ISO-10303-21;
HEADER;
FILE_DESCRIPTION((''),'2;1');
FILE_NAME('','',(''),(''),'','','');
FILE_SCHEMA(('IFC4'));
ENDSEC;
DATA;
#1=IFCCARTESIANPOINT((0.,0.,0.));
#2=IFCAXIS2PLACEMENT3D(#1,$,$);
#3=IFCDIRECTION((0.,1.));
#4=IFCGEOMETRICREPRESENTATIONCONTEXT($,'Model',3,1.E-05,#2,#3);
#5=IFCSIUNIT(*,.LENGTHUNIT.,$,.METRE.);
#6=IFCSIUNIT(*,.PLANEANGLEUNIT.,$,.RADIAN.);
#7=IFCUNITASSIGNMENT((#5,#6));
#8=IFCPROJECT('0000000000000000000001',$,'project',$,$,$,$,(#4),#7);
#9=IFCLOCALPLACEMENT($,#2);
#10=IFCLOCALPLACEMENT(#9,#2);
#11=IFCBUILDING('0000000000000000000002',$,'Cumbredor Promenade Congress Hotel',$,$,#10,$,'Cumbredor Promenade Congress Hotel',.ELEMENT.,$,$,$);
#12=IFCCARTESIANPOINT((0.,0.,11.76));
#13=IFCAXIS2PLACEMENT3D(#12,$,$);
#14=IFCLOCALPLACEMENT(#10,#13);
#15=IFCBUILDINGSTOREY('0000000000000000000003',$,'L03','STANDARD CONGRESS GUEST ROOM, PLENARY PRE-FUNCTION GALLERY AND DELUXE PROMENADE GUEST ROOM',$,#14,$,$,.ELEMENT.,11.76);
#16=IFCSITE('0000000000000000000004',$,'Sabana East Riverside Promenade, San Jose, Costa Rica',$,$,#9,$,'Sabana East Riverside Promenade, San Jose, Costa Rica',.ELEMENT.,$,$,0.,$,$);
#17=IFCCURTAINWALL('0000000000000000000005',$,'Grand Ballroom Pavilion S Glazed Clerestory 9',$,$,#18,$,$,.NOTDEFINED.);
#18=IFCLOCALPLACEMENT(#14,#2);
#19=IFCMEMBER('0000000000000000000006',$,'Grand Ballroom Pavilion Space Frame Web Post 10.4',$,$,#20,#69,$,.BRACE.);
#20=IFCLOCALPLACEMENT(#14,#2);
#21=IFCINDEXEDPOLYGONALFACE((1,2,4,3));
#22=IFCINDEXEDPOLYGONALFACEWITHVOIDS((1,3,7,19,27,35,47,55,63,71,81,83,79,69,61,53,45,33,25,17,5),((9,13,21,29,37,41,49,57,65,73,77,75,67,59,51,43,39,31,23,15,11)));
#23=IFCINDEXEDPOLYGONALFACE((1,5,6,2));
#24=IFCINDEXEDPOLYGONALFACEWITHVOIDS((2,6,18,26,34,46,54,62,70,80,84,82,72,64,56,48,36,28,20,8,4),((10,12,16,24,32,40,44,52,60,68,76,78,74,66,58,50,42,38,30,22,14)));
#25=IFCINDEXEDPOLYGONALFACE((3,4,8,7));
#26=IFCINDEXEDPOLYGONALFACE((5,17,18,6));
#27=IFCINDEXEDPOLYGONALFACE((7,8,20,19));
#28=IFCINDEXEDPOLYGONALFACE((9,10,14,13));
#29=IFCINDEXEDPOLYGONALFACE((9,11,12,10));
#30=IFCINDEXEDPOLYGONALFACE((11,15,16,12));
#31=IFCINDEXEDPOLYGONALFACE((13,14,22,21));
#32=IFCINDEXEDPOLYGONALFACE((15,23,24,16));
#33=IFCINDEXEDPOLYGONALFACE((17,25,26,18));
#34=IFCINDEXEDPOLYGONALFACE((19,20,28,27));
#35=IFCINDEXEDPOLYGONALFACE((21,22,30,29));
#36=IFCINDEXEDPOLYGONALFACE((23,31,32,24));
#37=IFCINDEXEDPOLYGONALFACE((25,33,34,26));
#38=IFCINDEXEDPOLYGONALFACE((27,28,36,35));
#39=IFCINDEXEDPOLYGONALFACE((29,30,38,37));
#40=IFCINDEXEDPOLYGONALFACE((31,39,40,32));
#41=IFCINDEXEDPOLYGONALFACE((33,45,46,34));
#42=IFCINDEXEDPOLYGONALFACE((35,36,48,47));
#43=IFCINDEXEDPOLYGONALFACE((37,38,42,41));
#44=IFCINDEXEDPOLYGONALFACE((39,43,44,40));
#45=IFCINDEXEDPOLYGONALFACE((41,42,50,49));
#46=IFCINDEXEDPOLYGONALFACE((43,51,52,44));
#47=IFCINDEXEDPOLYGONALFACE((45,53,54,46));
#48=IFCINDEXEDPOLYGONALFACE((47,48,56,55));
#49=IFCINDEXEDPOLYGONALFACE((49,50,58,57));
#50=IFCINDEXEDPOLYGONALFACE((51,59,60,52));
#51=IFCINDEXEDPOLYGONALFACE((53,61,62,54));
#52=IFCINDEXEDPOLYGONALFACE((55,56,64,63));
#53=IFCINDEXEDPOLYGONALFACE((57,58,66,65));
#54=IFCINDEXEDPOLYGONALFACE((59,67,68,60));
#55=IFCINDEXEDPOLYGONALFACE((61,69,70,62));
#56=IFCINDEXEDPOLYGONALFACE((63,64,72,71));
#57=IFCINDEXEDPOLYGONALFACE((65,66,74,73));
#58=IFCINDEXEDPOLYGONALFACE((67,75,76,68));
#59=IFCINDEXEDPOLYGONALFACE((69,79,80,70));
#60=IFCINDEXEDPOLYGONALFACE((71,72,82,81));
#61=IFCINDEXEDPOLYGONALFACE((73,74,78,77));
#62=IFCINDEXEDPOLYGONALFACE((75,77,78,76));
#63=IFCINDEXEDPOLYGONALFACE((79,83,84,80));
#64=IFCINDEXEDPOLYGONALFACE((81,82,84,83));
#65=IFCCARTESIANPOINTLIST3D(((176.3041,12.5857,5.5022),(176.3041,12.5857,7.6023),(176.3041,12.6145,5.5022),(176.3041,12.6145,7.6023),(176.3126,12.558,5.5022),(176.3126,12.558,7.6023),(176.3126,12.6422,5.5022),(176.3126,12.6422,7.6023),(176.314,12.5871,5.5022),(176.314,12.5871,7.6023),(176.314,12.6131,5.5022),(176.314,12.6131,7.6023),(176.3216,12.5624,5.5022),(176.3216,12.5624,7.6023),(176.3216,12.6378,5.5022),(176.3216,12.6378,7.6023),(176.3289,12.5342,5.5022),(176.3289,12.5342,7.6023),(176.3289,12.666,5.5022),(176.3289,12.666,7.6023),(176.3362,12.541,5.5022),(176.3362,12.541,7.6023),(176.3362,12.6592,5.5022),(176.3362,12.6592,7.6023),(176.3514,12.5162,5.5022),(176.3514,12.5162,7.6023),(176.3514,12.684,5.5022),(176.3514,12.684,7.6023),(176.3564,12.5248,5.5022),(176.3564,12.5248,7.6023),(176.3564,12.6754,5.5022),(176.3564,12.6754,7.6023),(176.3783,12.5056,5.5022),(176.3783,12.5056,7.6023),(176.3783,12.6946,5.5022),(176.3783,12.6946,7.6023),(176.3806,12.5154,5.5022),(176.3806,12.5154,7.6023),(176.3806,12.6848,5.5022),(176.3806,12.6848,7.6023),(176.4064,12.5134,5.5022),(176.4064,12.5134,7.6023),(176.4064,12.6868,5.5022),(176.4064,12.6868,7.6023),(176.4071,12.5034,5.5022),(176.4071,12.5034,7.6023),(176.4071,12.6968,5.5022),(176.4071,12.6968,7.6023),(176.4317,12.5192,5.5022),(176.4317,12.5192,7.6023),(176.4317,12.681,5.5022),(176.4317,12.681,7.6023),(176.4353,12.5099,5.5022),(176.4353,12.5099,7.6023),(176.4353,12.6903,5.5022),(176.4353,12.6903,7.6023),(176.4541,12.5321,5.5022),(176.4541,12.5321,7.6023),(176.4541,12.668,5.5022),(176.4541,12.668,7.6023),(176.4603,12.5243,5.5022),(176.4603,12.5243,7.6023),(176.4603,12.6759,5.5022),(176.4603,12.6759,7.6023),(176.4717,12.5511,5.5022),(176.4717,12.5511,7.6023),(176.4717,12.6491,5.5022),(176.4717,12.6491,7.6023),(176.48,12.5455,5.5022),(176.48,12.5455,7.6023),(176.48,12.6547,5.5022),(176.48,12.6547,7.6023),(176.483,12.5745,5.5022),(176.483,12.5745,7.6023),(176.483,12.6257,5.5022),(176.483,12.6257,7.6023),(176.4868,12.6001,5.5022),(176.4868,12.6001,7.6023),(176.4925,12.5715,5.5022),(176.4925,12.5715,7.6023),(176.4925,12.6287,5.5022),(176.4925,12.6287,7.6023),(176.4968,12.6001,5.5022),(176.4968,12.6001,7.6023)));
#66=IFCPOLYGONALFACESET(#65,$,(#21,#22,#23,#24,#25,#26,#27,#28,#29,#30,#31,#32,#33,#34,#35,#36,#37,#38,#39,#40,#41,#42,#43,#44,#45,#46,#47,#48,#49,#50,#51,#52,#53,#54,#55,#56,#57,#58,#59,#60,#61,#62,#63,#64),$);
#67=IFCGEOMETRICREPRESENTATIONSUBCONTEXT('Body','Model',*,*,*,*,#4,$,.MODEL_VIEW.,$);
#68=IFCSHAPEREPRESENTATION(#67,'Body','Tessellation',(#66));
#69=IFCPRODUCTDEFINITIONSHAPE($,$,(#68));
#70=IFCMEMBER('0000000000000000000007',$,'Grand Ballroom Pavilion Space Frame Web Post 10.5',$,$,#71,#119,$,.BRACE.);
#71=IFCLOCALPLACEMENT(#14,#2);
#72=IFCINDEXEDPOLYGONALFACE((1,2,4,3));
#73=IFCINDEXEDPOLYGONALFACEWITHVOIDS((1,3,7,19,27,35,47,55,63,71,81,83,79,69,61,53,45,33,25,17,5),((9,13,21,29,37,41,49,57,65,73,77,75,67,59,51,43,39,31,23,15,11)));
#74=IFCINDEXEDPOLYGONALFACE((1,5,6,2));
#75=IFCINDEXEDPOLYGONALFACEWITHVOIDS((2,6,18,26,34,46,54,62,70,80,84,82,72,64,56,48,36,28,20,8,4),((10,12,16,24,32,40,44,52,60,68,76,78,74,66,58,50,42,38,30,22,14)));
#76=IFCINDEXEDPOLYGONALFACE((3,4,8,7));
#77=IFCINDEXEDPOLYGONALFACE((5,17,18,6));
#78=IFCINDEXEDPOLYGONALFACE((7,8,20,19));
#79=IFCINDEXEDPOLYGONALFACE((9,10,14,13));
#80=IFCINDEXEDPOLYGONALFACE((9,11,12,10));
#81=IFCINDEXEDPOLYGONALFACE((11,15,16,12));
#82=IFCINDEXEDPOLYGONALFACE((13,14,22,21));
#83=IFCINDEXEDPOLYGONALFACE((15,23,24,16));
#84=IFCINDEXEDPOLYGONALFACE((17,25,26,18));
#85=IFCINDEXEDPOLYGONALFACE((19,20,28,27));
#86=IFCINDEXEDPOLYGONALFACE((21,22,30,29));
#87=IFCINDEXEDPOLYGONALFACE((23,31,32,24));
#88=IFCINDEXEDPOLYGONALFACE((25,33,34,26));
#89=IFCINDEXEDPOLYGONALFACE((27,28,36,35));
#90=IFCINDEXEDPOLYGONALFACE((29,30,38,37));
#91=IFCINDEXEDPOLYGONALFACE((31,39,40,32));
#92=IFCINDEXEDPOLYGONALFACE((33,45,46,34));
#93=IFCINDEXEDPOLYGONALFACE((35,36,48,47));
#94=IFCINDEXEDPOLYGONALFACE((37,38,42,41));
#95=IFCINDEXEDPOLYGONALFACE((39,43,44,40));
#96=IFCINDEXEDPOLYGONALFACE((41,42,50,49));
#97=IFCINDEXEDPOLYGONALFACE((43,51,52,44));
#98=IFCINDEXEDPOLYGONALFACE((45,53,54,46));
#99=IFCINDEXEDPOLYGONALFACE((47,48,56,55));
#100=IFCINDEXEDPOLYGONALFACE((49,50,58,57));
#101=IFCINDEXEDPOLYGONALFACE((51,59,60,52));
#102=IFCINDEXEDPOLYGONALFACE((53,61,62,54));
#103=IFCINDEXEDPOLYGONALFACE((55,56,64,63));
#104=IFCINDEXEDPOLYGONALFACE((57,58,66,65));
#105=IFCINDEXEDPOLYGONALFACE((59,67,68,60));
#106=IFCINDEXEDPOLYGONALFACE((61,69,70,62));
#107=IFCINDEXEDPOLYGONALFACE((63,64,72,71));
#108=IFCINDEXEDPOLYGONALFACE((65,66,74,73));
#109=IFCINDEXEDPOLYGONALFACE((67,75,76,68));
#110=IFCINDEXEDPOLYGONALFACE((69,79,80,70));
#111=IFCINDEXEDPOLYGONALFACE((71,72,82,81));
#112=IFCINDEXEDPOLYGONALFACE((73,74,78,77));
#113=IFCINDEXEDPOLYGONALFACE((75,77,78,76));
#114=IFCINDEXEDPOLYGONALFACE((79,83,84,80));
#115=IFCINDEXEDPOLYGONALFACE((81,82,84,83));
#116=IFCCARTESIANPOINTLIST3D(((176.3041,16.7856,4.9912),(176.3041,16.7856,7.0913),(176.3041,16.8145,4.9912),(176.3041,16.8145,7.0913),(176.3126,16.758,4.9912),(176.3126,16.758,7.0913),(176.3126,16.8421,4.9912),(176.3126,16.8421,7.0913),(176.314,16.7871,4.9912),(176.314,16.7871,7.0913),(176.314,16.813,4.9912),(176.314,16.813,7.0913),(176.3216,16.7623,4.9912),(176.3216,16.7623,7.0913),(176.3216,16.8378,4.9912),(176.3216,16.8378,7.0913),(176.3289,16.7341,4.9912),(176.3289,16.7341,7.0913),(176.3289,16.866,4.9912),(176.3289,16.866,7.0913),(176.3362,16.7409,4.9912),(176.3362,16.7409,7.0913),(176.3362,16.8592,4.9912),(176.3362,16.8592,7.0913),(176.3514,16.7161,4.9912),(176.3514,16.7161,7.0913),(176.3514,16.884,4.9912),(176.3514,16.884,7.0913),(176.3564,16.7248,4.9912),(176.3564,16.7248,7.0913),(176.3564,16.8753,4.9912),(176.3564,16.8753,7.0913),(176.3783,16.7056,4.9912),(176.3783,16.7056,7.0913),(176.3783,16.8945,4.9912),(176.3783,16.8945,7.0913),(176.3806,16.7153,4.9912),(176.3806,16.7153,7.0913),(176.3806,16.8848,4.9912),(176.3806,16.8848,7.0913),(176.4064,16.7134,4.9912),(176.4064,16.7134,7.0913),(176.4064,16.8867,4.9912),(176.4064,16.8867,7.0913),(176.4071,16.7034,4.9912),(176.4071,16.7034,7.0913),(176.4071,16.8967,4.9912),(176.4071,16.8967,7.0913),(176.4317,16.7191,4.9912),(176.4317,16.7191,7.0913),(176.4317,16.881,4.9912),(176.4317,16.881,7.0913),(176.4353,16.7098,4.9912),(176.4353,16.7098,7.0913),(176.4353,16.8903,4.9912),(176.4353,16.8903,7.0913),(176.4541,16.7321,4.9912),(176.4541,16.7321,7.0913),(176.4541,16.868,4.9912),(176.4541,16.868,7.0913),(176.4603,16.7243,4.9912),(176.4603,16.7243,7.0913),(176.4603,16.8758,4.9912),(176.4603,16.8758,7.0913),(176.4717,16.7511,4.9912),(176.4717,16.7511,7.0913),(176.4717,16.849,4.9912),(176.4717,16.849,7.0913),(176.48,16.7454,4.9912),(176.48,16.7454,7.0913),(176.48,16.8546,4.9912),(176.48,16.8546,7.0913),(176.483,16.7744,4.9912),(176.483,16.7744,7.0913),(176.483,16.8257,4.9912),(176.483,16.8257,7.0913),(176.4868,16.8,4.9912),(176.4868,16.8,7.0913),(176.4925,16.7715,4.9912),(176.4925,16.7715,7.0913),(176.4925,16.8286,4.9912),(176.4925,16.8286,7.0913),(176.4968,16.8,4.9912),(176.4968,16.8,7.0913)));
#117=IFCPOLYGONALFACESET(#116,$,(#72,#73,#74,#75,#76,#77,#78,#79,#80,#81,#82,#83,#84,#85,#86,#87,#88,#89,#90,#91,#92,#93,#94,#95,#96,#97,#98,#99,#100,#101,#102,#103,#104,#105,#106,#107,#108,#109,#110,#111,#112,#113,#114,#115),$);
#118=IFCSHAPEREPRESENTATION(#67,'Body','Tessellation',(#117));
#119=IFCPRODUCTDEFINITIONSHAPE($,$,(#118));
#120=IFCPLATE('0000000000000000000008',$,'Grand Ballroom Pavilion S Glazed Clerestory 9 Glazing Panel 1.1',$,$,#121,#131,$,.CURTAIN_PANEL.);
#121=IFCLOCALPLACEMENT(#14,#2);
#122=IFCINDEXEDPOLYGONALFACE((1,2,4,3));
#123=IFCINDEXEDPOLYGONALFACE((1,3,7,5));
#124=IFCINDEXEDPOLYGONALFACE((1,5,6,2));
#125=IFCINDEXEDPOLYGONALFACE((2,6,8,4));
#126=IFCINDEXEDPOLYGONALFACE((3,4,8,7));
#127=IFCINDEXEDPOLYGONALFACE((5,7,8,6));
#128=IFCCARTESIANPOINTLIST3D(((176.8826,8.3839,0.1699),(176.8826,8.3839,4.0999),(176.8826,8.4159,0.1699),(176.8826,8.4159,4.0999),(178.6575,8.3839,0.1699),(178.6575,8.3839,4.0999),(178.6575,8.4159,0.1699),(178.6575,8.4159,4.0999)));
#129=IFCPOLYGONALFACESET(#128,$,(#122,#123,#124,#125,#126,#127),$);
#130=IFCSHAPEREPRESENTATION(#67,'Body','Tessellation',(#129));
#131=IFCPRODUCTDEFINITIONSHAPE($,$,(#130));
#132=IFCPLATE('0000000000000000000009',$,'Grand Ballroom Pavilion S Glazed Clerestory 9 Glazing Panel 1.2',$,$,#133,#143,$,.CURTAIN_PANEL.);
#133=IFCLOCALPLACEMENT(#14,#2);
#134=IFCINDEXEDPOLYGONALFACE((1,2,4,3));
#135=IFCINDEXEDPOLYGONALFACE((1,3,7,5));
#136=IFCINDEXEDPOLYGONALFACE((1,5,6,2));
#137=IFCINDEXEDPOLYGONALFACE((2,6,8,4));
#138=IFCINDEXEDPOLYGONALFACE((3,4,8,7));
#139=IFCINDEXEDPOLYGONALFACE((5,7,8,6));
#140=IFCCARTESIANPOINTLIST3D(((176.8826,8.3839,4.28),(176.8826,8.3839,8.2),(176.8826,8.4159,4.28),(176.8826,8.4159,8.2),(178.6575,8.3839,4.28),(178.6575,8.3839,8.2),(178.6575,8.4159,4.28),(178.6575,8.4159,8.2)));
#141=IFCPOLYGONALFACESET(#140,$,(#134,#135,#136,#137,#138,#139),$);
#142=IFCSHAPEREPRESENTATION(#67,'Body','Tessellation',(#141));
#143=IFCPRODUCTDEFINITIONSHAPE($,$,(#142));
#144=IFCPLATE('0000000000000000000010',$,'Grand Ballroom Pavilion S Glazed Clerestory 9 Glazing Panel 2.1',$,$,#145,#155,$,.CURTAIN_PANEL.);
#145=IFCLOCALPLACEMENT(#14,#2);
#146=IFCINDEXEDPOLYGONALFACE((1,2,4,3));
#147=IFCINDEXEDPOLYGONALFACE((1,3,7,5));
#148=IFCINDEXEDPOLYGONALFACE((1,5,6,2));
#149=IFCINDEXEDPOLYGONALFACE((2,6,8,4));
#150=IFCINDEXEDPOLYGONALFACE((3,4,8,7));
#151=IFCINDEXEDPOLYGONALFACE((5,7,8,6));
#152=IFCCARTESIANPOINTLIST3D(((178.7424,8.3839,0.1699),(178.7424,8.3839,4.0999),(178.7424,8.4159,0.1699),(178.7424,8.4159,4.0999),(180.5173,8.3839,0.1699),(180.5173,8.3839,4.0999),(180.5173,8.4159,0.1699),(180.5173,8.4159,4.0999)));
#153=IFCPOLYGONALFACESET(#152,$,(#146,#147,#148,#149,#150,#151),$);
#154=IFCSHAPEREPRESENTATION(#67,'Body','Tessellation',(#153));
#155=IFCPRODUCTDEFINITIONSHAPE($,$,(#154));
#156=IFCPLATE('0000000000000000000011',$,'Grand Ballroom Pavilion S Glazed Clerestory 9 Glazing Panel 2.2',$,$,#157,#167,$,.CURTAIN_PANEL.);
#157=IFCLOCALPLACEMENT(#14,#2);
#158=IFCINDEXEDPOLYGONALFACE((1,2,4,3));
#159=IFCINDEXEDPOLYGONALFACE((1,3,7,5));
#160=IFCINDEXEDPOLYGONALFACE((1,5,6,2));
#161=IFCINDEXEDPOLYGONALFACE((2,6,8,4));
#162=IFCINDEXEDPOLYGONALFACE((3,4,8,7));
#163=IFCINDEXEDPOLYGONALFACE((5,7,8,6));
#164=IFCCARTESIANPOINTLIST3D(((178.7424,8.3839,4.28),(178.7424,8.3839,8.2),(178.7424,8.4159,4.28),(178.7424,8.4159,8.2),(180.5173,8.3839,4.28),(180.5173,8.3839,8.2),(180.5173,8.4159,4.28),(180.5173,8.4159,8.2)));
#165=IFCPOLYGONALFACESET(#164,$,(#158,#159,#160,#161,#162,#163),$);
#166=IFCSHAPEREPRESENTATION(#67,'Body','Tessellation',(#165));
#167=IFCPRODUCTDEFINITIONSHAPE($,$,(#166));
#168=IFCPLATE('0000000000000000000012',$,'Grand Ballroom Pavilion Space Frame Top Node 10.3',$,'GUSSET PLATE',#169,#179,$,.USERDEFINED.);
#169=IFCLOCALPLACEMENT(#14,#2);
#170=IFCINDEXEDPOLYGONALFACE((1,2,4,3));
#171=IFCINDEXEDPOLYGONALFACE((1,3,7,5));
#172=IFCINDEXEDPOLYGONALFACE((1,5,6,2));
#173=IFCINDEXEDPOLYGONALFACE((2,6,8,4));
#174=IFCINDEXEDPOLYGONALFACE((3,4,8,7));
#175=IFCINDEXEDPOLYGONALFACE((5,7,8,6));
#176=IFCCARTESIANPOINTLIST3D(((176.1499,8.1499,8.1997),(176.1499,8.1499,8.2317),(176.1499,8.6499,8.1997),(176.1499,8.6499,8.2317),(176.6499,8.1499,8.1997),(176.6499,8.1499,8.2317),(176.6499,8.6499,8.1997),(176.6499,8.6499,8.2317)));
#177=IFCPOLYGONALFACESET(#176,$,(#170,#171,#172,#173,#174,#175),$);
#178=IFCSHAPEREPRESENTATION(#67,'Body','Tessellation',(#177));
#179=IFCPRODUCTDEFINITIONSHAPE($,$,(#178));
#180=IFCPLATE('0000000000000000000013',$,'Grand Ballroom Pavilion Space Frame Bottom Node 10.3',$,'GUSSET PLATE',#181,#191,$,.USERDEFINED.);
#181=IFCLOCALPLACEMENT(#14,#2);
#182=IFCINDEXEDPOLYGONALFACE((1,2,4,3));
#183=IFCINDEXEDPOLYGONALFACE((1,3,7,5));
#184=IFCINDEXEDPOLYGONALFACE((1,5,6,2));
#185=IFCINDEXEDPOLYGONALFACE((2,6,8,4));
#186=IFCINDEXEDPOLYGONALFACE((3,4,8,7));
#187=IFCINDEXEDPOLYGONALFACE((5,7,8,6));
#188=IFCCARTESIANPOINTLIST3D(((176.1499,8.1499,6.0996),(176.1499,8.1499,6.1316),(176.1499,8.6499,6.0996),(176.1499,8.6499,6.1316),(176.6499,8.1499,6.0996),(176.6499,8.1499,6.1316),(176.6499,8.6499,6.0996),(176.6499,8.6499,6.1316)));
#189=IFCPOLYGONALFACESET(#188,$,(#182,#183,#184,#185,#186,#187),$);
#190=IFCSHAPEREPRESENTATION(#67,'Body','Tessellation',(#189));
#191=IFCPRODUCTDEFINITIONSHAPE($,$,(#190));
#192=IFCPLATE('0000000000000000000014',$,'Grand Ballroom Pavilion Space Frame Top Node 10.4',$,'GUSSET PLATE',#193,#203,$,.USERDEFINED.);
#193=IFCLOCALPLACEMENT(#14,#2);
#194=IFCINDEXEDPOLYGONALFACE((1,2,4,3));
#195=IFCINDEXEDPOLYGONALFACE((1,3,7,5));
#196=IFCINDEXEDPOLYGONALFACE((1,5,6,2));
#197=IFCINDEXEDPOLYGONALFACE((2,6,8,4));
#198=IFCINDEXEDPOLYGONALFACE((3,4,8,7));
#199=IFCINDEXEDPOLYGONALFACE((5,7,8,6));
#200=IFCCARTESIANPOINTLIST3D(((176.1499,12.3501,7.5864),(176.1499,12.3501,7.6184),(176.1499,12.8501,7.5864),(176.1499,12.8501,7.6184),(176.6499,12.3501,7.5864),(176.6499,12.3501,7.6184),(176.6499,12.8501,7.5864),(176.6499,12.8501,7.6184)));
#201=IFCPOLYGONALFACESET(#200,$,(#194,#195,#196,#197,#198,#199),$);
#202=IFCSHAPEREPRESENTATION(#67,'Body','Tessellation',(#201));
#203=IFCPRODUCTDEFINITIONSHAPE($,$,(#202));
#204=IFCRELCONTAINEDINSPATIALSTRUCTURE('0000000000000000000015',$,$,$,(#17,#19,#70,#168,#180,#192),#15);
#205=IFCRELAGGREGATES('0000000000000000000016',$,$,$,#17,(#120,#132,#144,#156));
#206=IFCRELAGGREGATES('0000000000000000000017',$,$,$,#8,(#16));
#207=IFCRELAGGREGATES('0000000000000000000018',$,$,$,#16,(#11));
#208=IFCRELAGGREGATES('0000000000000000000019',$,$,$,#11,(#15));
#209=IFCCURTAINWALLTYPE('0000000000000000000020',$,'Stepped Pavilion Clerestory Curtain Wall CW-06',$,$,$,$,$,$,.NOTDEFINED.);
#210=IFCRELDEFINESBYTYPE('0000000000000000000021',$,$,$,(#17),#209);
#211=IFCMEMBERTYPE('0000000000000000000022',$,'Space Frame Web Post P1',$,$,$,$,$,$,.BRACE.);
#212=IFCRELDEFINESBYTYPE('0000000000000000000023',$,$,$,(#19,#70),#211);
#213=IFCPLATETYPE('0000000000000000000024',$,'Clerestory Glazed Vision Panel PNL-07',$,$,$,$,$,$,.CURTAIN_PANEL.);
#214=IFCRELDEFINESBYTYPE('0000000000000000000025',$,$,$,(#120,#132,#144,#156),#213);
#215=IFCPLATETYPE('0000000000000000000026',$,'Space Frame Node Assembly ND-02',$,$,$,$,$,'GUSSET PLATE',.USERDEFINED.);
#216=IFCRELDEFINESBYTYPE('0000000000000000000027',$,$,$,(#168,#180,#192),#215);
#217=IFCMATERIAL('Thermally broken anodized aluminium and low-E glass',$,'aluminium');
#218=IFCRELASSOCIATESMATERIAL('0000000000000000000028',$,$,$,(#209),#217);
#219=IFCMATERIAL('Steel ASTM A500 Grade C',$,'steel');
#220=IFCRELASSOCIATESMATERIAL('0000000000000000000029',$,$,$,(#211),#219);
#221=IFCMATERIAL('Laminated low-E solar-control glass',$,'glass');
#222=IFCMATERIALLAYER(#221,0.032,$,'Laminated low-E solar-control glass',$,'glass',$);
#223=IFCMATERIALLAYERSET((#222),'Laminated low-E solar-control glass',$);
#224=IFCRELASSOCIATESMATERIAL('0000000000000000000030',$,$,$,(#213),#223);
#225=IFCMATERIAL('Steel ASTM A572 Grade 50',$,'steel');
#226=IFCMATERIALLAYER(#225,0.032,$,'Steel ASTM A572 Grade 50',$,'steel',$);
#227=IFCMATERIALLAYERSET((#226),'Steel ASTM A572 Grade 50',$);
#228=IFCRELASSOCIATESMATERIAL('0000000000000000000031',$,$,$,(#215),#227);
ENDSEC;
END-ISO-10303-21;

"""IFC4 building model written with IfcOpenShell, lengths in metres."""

from ifc_helpers import new_model, si_unit, direction, frame, origin, origin_2d, place, context, subcontext, project, spatial, rectangle, hollow_circle, extrude, material, layer, layer_set, material_profile, profile_set, type_object, element, aggregate, save


model = new_model("IFC4")

# Units and contexts
model_context = context("Model", 3, precision=1e-05, world=origin(), true_north=direction((0.0, 1.0)))
body_context = subcontext(model_context, "Body", "Model", "MODEL_VIEW")
ifc_project = project(units=[si_unit("LENGTHUNIT", "METRE"), si_unit("PLANEANGLEUNIT", "RADIAN")], contexts=[model_context])

# Site, building, storey
site_placement = place(None, origin())
site = spatial("IfcSite", under=ifc_project, at=site_placement, Name="Sabana East Riverside Promenade, San Jose, Costa Rica", LongName="Sabana East Riverside Promenade, San Jose, Costa Rica", CompositionType="ELEMENT", RefElevation=0.0)
building_placement = place(site_placement, origin())
building = spatial("IfcBuilding", under=site, at=building_placement, Name="Cumbredor Promenade Congress Hotel", LongName="Cumbredor Promenade Congress Hotel", CompositionType="ELEMENT")
storey_placement = place(building_placement, frame((0.0, 0.0, 11.76)))
storey = spatial("IfcBuildingStorey", under=building, at=storey_placement, Name="L03", Description="STANDARD CONGRESS GUEST ROOM, PLENARY PRE-FUNCTION GALLERY AND DELUXE PROMENADE GUEST ROOM", CompositionType="ELEMENT", Elevation=11.76)

# Shared definitions
ifc_material_1 = material(Name="Steel ASTM A500 Grade C", Category="steel")

# Curtain wall
ifc_material_2 = material(Name="Thermally broken anodized aluminium and low-E glass", Category="aluminium")
curtain_wall_type = type_object("IfcCurtainWallType", Name="Stepped Pavilion Clerestory Curtain Wall CW-06", PredefinedType="NOTDEFINED", material=ifc_material_2)
curtain_wall_placement = place(storey_placement, origin())
curtain_wall = element("IfcCurtainWall", 1, at=curtain_wall_placement, inside=storey, type_object=curtain_wall_type, Name="Grand Ballroom Pavilion S Glazed Clerestory 9", PredefinedType="NOTDEFINED")

# Members
ifc_material_profile_1 = material_profile(ifc_material_1, hollow_circle(Radius=0.0969, WallThickness=0.01, at=origin_2d()), Name="CHS 193.7x10")
ifc_profile_set_1 = profile_set([ifc_material_profile_1], Name="Steel ASTM A500 Grade C")
member_type_1 = type_object("IfcMemberType", Name="Space Frame Web Post P1", PredefinedType="BRACE", material=ifc_profile_set_1)
for number, where, z_axis, x_axis, name in (
    (2, (176.3999, 12.6001, 5.5022), (0.0, 0.0, 1.0), (1.0, 0.0, 0.0), "Grand Ballroom Pavilion Space Frame Web Post 10.4"),
    (3, (176.3999, 16.8, 4.9912), (0.0, 0.0, 1.0), (1.0, 0.0, 0.0), "Grand Ballroom Pavilion Space Frame Web Post 10.5"),
):
    element("IfcMember", number, at=place(storey_placement, frame(where, z_axis=z_axis, x_axis=x_axis)), inside=storey, type_object=member_type_1, Name=name, PredefinedType="BRACE", context=body_context, shape_type="SweptSolid", body=[
        extrude(hollow_circle(Radius=0.0969, WallThickness=0.01, at=origin_2d()), origin(), (0.0, 0.0, 1.0), 2.1001),
    ])

# Plates
ifc_material_3 = material(Name="Laminated low-E solar-control glass", Category="glass")
ifc_layer_1 = layer(ifc_material_3, 0.032, Name="Laminated low-E solar-control glass", Category="glass")
ifc_layer_set_1 = layer_set([ifc_layer_1], Name="Laminated low-E solar-control glass")
plate_type_1 = type_object("IfcPlateType", Name="Clerestory Glazed Vision Panel PNL-07", PredefinedType="CURTAIN_PANEL", material=ifc_layer_set_1)
plate_1_placement = place(storey_placement, frame((177.77, 8.3999, 0.1699), z_axis=(0.0, 0.0, 1.0), x_axis=(1.0, 0.0, 0.0)))
plate_1 = element("IfcPlate", 4, at=plate_1_placement, type_object=plate_type_1, Name="Grand Ballroom Pavilion S Glazed Clerestory 9 Glazing Panel 1.1", PredefinedType="CURTAIN_PANEL", context=body_context, shape_type="SweptSolid", body=[
    extrude(rectangle(XDim=1.7749, YDim=0.032, at=origin_2d()), origin(), (0.0, 0.0, 1.0), 3.9299),
])
plate_2_placement = place(storey_placement, frame((177.77, 8.3999, 4.28), z_axis=(0.0, 0.0, 1.0), x_axis=(1.0, 0.0, 0.0)))
plate_2 = element("IfcPlate", 5, at=plate_2_placement, type_object=plate_type_1, Name="Grand Ballroom Pavilion S Glazed Clerestory 9 Glazing Panel 1.2", PredefinedType="CURTAIN_PANEL", context=body_context, shape_type="SweptSolid", body=[
    extrude(rectangle(XDim=1.7749, YDim=0.032, at=origin_2d()), origin(), (0.0, 0.0, 1.0), 3.9199),
])
plate_3_placement = place(storey_placement, frame((179.6299, 8.3999, 0.1699), z_axis=(0.0, 0.0, 1.0), x_axis=(1.0, 0.0, 0.0)))
plate_3 = element("IfcPlate", 6, at=plate_3_placement, type_object=plate_type_1, Name="Grand Ballroom Pavilion S Glazed Clerestory 9 Glazing Panel 2.1", PredefinedType="CURTAIN_PANEL", context=body_context, shape_type="SweptSolid", body=[
    extrude(rectangle(XDim=1.7749, YDim=0.032, at=origin_2d()), origin(), (0.0, 0.0, 1.0), 3.9299),
])
plate_4_placement = place(storey_placement, frame((179.6299, 8.3999, 4.28), z_axis=(0.0, 0.0, 1.0), x_axis=(1.0, 0.0, 0.0)))
plate_4 = element("IfcPlate", 7, at=plate_4_placement, type_object=plate_type_1, Name="Grand Ballroom Pavilion S Glazed Clerestory 9 Glazing Panel 2.2", PredefinedType="CURTAIN_PANEL", context=body_context, shape_type="SweptSolid", body=[
    extrude(rectangle(XDim=1.7749, YDim=0.032, at=origin_2d()), origin(), (0.0, 0.0, 1.0), 3.9199),
])
aggregate(curtain_wall, [plate_1, plate_2, plate_3, plate_4])

# Plates
ifc_material_4 = material(Name="Steel ASTM A572 Grade 50", Category="steel")
ifc_layer_2 = layer(ifc_material_4, 0.032, Name="Steel ASTM A572 Grade 50", Category="steel")
ifc_layer_set_2 = layer_set([ifc_layer_2], Name="Steel ASTM A572 Grade 50")
plate_type_2 = type_object("IfcPlateType", Name="Space Frame Node Assembly ND-02", ElementType="GUSSET PLATE", PredefinedType="USERDEFINED", material=ifc_layer_set_2)
for number, where, z_axis, x_axis, name in (
    (8, (176.3999, 8.3999, 8.1997), (0.0, 0.0, 1.0), (1.0, 0.0, 0.0), "Grand Ballroom Pavilion Space Frame Top Node 10.3"),
    (9, (176.3999, 8.3999, 6.0996), (0.0, 0.0, 1.0), (1.0, 0.0, 0.0), "Grand Ballroom Pavilion Space Frame Bottom Node 10.3"),
    (10, (176.3999, 12.6001, 7.5864), (0.0, 0.0, 1.0), (1.0, 0.0, 0.0), "Grand Ballroom Pavilion Space Frame Top Node 10.4"),
):
    element("IfcPlate", number, at=place(storey_placement, frame(where, z_axis=z_axis, x_axis=x_axis)), inside=storey, type_object=plate_type_2, Name=name, ObjectType="GUSSET PLATE", PredefinedType="USERDEFINED", context=body_context, shape_type="SweptSolid", body=[
        extrude(rectangle(XDim=0.5, YDim=0.5, at=origin_2d()), origin(), (0.0, 0.0, 1.0), 0.032),
    ])

save(model, "model.ifc")
